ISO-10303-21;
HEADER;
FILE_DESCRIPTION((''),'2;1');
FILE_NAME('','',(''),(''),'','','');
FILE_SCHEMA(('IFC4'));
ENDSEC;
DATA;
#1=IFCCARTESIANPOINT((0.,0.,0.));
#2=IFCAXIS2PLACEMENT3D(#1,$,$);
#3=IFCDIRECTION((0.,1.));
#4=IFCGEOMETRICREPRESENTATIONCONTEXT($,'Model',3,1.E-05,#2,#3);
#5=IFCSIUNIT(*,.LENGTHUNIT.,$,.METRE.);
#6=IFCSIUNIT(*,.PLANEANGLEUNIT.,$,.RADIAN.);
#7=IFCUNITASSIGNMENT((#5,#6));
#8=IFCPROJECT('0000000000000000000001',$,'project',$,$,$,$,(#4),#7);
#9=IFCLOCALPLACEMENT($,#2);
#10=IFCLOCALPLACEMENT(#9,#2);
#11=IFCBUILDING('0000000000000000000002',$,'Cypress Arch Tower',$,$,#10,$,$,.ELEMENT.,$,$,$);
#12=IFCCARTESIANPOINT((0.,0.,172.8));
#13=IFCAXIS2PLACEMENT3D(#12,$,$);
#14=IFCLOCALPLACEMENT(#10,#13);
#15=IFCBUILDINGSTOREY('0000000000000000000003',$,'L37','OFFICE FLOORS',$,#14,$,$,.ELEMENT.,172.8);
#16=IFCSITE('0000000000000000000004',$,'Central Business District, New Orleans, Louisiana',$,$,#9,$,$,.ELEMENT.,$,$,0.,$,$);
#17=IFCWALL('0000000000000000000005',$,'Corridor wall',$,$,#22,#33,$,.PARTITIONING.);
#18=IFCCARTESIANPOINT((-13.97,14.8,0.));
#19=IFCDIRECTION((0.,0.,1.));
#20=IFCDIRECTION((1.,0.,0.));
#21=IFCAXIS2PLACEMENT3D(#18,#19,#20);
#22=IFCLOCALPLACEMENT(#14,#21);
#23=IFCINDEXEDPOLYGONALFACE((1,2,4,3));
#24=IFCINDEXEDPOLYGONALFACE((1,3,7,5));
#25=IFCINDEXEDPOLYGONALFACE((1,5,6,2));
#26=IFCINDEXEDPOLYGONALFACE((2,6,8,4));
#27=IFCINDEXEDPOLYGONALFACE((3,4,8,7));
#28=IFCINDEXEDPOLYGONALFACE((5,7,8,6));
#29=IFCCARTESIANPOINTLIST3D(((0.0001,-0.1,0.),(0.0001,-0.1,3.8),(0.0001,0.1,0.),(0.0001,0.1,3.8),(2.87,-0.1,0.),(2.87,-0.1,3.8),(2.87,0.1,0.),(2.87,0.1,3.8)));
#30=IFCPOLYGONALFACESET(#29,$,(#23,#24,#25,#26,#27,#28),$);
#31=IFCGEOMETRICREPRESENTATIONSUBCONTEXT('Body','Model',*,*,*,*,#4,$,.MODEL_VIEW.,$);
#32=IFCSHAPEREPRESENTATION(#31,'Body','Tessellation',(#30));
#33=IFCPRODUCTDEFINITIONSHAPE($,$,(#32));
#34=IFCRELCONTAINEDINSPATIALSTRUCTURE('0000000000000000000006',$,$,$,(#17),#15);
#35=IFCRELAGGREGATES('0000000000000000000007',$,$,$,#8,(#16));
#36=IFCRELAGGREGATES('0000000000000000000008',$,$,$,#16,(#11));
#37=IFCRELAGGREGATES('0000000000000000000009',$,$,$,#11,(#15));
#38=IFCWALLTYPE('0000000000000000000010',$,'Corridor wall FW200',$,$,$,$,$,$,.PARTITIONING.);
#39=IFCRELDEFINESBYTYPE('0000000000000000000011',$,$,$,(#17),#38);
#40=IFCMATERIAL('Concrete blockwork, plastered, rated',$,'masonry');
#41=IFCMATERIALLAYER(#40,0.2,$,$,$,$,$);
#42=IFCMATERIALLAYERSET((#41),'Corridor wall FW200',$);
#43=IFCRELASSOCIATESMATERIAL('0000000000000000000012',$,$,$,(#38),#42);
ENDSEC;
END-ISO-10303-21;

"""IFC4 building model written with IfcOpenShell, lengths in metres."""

from ifc_helpers import new_model, si_unit, direction, frame, frame_2d, origin, place, context, subcontext, project, spatial, rectangle, extrude, material, layer, layer_set, type_object, element, save


model = new_model("IFC4")

# Units and contexts
model_context = context("Model", 3, precision=1e-05, world=origin(), true_north=direction((0.0, 1.0)))
body_context = subcontext(model_context, "Body", "Model", "MODEL_VIEW")
ifc_project = project(units=[si_unit("LENGTHUNIT", "METRE"), si_unit("PLANEANGLEUNIT", "RADIAN")], contexts=[model_context])

# Site, building, storey
site_placement = place(None, origin())
site = spatial("IfcSite", under=ifc_project, at=site_placement, Name="Central Business District, New Orleans, Louisiana", CompositionType="ELEMENT", RefElevation=0.0)
building_placement = place(site_placement, origin())
building = spatial("IfcBuilding", under=site, at=building_placement, Name="Cypress Arch Tower", CompositionType="ELEMENT")
storey_placement = place(building_placement, frame((0.0, 0.0, 172.8)))
storey = spatial("IfcBuildingStorey", under=building, at=storey_placement, Name="L37", Description="OFFICE FLOORS", CompositionType="ELEMENT", Elevation=172.8)

# Wall
ifc_material_1 = material(Name="Concrete blockwork, plastered, rated", Category="masonry")
ifc_layer_1 = layer(ifc_material_1, 0.2)
ifc_layer_set_1 = layer_set([ifc_layer_1], Name="Corridor wall FW200")
wall_type_1 = type_object("IfcWallType", Name="Corridor wall FW200", PredefinedType="PARTITIONING", material=ifc_layer_set_1)
wall_1_placement = place(storey_placement, frame((-13.97, 14.8, 0.0), z_axis=(0.0, 0.0, 1.0), x_axis=(1.0, 0.0, 0.0)))
element("IfcWall", 1, at=wall_1_placement, inside=storey, type_object=wall_type_1, Name="Corridor wall", PredefinedType="PARTITIONING", context=body_context, shape_type="SweptSolid", body=[
    extrude(rectangle(XDim=2.8699, YDim=0.2, at=frame_2d((1.4351, 0.0))), origin(), (0.0, 0.0, 1.0), 3.8),
])

save(model, "model.ifc")
